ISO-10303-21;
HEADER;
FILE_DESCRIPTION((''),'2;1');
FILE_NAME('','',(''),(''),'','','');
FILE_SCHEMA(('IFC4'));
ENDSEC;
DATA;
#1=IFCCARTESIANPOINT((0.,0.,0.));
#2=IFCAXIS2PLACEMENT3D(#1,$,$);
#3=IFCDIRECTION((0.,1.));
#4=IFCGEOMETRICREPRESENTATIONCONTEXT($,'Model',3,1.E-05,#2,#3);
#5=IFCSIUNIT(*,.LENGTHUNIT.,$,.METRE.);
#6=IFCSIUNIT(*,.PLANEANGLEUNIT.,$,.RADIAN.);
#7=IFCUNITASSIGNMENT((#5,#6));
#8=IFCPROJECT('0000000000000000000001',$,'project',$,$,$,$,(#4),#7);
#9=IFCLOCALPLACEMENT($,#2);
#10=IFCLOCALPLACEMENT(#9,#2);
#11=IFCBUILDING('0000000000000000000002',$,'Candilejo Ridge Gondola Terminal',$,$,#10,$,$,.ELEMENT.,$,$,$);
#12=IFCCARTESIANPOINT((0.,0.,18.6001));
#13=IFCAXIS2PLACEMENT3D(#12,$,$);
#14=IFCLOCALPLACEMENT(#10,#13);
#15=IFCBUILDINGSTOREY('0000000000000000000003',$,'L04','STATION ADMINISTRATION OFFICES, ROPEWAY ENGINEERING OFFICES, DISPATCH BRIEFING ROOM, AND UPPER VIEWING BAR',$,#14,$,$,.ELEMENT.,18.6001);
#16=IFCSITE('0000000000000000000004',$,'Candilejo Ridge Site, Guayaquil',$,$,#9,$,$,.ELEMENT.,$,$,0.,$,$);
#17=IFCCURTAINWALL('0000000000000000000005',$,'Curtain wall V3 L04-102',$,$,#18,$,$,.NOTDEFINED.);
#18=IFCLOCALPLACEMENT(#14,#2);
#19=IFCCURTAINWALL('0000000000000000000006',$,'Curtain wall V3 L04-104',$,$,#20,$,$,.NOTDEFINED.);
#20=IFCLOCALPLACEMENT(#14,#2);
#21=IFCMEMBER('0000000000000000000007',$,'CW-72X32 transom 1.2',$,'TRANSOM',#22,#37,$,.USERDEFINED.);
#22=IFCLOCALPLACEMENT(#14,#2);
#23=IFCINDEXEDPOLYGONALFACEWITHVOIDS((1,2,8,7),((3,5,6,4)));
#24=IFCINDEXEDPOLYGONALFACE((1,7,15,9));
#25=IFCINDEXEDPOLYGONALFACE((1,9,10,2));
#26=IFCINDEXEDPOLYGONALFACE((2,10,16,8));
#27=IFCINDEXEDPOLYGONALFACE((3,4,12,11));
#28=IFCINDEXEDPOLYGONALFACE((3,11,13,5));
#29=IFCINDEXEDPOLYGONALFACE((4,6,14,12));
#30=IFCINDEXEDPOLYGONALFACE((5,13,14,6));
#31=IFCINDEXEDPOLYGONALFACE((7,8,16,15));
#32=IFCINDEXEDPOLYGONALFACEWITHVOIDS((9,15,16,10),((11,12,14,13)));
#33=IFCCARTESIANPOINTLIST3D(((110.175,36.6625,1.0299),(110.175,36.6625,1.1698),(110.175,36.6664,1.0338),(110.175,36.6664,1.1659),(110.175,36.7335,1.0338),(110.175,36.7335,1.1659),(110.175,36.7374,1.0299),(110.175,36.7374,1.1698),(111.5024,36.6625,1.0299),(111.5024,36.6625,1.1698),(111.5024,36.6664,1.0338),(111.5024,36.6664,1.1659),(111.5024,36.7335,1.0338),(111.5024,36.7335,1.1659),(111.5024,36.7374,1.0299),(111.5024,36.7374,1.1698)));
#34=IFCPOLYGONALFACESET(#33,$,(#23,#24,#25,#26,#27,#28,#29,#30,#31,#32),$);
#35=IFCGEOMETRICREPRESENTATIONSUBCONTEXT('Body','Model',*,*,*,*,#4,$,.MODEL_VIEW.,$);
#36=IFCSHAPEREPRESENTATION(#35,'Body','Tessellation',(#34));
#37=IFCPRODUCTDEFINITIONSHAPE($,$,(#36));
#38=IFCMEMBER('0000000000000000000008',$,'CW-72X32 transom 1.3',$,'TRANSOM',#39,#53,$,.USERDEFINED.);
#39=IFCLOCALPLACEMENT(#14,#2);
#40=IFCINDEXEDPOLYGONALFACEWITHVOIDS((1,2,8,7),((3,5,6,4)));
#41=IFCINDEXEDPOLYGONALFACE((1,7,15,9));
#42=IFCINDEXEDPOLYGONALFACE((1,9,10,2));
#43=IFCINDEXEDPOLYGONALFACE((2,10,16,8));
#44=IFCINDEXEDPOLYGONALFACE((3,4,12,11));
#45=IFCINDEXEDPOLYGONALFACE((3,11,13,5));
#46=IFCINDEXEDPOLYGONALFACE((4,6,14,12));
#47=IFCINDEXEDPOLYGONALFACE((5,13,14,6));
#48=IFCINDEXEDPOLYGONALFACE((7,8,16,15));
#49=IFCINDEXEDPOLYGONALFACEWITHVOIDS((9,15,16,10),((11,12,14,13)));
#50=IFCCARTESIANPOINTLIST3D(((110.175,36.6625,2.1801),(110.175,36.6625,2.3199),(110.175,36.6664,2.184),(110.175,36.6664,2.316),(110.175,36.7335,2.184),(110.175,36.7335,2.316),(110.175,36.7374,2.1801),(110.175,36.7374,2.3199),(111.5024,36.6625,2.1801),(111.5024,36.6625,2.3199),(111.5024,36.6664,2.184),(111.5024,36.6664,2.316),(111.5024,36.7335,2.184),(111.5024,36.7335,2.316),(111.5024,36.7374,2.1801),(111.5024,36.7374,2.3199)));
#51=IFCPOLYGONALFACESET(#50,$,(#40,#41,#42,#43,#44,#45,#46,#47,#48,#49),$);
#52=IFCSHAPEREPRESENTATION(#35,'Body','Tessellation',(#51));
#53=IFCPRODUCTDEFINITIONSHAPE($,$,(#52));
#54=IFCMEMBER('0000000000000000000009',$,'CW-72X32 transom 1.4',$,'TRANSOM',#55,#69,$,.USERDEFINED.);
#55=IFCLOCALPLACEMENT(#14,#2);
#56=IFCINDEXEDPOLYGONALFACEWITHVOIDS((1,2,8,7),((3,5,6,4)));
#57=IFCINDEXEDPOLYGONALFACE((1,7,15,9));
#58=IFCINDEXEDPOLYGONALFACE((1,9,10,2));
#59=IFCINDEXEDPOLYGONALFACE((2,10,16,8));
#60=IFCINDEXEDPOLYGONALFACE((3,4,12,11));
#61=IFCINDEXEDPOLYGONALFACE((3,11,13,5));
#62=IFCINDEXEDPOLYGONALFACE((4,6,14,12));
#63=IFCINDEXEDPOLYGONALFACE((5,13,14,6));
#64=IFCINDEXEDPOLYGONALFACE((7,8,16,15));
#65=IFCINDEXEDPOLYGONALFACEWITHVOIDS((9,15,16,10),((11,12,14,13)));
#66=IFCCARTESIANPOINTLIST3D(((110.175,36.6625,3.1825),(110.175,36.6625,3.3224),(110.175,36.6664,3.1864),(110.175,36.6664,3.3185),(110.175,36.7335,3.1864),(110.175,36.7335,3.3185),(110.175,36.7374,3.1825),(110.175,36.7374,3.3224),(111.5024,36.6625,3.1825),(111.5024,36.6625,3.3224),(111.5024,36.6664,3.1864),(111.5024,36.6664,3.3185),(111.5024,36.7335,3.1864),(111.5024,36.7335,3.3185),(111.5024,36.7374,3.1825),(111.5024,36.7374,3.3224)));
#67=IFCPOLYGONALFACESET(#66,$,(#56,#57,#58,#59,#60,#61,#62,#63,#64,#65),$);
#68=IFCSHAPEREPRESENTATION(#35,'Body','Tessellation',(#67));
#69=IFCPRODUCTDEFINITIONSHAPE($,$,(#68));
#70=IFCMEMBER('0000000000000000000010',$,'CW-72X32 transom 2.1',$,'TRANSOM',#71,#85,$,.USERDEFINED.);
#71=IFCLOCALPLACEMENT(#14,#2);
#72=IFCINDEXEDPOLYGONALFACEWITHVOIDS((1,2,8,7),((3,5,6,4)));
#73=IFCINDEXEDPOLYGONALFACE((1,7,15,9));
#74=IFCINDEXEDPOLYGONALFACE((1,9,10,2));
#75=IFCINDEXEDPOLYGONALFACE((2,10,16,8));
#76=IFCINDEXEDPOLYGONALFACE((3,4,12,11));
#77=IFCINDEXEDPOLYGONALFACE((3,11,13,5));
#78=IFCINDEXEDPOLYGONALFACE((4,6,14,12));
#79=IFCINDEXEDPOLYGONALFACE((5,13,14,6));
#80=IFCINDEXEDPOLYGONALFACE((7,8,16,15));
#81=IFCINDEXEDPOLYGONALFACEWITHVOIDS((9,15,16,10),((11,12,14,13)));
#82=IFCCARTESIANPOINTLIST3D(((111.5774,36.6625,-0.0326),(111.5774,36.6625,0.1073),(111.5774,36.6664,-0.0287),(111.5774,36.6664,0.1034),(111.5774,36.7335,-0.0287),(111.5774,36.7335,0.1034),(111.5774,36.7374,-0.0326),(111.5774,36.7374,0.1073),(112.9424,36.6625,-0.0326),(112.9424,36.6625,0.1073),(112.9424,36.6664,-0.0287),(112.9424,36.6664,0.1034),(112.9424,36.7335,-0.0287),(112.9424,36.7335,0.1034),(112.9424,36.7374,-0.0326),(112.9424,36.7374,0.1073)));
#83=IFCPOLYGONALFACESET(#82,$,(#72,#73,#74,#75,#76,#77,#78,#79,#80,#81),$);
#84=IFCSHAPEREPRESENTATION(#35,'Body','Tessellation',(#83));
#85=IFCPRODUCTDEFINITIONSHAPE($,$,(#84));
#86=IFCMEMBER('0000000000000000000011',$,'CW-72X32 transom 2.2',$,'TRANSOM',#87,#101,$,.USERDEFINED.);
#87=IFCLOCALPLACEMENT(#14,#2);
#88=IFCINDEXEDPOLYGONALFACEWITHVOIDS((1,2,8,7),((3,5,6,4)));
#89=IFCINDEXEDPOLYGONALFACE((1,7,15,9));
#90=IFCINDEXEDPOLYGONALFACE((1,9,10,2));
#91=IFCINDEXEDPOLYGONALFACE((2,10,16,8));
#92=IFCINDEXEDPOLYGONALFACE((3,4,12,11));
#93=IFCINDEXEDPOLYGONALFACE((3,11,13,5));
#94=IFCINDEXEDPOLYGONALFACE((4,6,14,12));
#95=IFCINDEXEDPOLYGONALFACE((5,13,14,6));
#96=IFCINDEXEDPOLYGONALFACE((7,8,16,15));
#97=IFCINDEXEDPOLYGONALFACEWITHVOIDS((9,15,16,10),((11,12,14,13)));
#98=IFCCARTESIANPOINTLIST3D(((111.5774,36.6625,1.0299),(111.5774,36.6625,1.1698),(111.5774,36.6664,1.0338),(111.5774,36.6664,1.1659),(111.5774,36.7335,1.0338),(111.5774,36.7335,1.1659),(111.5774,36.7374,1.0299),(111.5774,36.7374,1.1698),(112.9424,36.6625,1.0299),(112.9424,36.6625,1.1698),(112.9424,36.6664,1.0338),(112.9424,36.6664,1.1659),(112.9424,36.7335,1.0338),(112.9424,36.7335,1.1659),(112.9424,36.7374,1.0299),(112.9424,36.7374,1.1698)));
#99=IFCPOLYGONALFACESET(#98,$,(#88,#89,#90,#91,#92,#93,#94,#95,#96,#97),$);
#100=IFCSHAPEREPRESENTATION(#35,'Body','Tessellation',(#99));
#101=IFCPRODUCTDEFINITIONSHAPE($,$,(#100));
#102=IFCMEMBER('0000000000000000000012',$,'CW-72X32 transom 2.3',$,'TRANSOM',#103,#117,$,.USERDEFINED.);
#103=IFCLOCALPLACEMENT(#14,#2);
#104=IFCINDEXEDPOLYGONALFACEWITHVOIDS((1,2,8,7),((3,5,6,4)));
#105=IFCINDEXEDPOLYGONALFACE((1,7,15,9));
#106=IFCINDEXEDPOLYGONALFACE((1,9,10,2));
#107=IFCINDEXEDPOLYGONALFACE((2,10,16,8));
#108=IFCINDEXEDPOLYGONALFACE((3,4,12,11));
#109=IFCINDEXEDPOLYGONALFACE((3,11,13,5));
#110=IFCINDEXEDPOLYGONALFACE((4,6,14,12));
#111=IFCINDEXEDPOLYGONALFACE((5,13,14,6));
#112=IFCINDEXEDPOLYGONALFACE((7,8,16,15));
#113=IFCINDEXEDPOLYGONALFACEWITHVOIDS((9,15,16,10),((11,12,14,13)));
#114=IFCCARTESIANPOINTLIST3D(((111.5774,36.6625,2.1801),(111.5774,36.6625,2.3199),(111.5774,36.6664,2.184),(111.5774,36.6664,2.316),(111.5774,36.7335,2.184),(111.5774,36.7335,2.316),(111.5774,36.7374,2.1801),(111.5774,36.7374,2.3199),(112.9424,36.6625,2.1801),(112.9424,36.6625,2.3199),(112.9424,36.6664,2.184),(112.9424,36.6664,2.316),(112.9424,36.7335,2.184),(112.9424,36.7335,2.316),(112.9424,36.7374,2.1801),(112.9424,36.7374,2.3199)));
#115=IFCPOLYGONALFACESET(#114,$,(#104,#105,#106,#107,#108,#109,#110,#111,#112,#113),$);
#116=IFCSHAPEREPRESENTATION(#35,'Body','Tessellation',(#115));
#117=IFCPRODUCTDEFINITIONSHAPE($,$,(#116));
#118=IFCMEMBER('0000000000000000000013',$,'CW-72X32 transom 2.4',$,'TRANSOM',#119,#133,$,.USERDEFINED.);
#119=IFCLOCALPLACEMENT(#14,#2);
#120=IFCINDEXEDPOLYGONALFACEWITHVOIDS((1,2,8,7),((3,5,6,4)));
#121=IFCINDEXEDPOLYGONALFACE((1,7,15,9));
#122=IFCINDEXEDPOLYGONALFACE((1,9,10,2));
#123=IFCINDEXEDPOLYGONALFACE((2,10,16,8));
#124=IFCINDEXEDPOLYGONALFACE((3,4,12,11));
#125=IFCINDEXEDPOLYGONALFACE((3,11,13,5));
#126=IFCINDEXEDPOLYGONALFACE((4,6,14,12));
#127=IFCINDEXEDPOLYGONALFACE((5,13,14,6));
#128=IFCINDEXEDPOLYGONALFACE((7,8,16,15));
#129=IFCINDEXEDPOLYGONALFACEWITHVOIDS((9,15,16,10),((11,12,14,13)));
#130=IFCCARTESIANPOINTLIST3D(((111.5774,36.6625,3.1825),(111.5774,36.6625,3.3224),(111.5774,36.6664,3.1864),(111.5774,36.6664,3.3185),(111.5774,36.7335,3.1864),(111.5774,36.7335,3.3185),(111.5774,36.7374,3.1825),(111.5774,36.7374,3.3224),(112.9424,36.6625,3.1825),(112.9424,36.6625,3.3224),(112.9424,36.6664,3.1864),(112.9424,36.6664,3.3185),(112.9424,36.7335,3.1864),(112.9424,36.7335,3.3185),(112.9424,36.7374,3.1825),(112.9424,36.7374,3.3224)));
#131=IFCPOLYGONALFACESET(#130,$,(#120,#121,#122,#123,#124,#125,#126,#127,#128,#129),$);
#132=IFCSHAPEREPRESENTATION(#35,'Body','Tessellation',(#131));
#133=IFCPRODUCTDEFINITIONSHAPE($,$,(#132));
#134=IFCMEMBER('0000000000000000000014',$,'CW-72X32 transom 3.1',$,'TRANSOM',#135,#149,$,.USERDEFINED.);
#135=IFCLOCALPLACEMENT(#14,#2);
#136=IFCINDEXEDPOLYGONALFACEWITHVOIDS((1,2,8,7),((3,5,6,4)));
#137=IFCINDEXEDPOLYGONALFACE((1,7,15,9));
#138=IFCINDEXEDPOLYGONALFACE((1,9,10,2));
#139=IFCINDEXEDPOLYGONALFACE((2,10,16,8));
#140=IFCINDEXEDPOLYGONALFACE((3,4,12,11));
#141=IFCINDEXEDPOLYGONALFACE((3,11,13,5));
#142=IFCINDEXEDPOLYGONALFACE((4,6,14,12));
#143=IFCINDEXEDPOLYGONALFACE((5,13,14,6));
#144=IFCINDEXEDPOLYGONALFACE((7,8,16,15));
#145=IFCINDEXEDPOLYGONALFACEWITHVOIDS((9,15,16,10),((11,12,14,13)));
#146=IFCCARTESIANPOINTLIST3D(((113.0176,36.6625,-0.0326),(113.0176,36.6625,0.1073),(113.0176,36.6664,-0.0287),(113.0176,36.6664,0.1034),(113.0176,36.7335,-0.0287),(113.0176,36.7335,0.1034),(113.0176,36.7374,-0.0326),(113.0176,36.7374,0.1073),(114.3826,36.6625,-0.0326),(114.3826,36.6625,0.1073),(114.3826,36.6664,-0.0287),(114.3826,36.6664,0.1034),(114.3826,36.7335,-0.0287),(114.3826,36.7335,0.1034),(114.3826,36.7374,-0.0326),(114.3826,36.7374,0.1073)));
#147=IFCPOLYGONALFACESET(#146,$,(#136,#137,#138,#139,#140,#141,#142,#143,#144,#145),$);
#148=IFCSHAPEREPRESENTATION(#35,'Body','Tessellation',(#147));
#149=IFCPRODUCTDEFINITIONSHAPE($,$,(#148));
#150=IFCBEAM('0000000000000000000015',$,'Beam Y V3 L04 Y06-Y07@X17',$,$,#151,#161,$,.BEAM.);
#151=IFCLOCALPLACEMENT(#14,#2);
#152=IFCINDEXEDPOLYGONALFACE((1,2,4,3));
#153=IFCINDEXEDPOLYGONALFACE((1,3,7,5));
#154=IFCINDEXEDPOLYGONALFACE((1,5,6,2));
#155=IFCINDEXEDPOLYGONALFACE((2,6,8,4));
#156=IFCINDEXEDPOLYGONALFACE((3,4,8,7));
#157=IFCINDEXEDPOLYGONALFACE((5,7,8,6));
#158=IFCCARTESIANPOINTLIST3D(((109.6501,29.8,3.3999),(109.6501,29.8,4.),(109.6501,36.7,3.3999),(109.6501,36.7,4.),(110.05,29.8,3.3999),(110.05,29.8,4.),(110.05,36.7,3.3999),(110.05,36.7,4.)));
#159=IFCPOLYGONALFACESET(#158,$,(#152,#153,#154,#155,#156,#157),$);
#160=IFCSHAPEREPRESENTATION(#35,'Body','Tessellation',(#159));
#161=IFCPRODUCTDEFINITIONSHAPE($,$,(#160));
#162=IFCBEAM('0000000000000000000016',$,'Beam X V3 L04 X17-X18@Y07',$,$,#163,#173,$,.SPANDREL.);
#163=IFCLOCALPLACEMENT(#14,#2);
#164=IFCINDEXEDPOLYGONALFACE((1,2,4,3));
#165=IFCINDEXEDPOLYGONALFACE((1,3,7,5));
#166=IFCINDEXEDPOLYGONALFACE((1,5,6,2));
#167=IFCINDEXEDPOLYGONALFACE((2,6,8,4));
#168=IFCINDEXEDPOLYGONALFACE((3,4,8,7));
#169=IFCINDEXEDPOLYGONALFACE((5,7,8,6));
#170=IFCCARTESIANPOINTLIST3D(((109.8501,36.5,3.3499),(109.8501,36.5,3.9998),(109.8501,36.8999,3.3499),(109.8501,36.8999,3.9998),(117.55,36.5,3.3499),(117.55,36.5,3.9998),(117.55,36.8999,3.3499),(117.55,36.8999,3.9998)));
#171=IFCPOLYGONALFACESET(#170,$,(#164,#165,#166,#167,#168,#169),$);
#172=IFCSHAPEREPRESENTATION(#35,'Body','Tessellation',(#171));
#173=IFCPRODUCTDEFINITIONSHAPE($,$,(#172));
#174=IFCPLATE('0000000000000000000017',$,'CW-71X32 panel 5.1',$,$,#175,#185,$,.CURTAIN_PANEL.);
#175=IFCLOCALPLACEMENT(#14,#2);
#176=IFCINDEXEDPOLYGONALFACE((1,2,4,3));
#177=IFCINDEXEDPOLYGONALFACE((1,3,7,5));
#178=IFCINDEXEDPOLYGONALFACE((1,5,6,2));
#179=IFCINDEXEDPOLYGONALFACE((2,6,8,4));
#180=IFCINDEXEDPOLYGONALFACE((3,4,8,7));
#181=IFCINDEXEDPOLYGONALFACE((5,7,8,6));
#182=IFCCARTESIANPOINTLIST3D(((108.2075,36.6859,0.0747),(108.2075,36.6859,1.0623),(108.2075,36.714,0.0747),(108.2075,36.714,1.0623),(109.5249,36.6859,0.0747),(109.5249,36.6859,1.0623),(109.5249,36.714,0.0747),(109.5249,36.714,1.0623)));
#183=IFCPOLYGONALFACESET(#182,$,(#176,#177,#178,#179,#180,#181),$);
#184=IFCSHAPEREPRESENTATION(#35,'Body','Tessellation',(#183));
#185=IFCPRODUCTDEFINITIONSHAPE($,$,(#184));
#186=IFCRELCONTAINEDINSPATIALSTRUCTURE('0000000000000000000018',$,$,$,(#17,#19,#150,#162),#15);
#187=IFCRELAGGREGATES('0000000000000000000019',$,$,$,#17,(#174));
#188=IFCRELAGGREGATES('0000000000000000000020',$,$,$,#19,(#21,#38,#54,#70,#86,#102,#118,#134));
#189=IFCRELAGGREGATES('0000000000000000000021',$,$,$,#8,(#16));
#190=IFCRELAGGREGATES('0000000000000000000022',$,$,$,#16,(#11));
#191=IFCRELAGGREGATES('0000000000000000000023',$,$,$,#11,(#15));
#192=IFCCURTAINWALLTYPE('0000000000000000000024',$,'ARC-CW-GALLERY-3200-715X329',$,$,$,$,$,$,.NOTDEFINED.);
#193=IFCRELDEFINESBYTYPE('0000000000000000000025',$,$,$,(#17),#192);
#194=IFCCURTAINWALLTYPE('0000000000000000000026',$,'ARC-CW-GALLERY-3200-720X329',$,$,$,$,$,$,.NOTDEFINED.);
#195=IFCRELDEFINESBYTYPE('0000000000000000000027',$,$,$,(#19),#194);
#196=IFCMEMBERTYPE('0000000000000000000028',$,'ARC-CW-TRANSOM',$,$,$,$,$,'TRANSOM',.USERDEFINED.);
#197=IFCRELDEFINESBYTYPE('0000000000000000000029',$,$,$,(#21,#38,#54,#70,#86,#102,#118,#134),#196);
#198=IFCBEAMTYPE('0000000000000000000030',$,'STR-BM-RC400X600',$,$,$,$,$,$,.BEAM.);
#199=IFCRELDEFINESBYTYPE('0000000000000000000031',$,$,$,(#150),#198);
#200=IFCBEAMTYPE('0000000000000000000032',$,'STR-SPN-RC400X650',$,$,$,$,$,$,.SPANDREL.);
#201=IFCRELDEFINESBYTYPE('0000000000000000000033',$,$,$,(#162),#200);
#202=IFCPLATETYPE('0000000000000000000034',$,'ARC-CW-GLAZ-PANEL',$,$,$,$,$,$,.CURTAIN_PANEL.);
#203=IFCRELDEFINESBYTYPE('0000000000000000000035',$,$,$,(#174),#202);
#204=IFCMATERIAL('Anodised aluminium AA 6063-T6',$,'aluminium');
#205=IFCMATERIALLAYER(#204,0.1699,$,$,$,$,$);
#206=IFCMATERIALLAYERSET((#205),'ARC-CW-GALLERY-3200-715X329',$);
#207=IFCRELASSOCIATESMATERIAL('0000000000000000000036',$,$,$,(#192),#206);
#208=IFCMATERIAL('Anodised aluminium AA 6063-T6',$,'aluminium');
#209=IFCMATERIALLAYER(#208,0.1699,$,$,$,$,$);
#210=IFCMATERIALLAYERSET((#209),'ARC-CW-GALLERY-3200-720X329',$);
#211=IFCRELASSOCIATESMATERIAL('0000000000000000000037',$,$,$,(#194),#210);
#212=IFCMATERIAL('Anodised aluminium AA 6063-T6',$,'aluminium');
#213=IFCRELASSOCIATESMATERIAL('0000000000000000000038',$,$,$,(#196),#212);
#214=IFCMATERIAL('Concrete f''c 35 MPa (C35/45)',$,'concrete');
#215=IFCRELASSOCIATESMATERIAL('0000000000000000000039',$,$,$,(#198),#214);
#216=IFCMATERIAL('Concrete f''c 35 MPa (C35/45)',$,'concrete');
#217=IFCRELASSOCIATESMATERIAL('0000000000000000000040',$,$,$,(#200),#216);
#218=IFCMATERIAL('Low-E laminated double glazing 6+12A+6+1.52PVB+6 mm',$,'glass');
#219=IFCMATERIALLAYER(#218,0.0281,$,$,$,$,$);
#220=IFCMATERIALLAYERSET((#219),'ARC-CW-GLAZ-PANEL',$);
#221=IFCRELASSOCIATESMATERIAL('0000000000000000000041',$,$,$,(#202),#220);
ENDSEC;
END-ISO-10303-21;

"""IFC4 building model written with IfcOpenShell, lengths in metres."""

from ifc_helpers import new_model, si_unit, direction, frame, origin, origin_2d, place, context, subcontext, project, spatial, rectangle, hollow_rectangle, extrude, material, layer, layer_set, material_profile, profile_set, type_object, element, aggregate, save


model = new_model("IFC4")

# Units and contexts
model_context = context("Model", 3, precision=1e-05, world=origin(), true_north=direction((0.0, 1.0)))
body_context = subcontext(model_context, "Body", "Model", "MODEL_VIEW")
ifc_project = project(units=[si_unit("LENGTHUNIT", "METRE"), si_unit("PLANEANGLEUNIT", "RADIAN")], contexts=[model_context])

# Site, building, storey
site_placement = place(None, origin())
site = spatial("IfcSite", under=ifc_project, at=site_placement, Name="Candilejo Ridge Site, Guayaquil", CompositionType="ELEMENT", RefElevation=0.0)
building_placement = place(site_placement, origin())
building = spatial("IfcBuilding", under=site, at=building_placement, Name="Candilejo Ridge Gondola Terminal", CompositionType="ELEMENT")
storey_placement = place(building_placement, frame((0.0, 0.0, 18.6001)))
storey = spatial("IfcBuildingStorey", under=building, at=storey_placement, Name="L04", Description="STATION ADMINISTRATION OFFICES, ROPEWAY ENGINEERING OFFICES, DISPATCH BRIEFING ROOM, AND UPPER VIEWING BAR", CompositionType="ELEMENT", Elevation=18.6001)

# Curtain walls
ifc_material_1 = material(Name="Anodised aluminium AA 6063-T6", Category="aluminium")
ifc_layer_1 = layer(ifc_material_1, 0.1699)
ifc_layer_set_1 = layer_set([ifc_layer_1], Name="ARC-CW-GALLERY-3200-715X329")
curtain_wall_type_1 = type_object("IfcCurtainWallType", Name="ARC-CW-GALLERY-3200-715X329", PredefinedType="NOTDEFINED", material=ifc_layer_set_1)
curtain_wall_1_placement = place(storey_placement, origin())
curtain_wall_1 = element("IfcCurtainWall", 1, at=curtain_wall_1_placement, inside=storey, type_object=curtain_wall_type_1, Name="Curtain wall V3 L04-102", PredefinedType="NOTDEFINED")
ifc_material_2 = material(Name="Anodised aluminium AA 6063-T6", Category="aluminium")
ifc_layer_2 = layer(ifc_material_2, 0.1699)
ifc_layer_set_2 = layer_set([ifc_layer_2], Name="ARC-CW-GALLERY-3200-720X329")
curtain_wall_type_2 = type_object("IfcCurtainWallType", Name="ARC-CW-GALLERY-3200-720X329", PredefinedType="NOTDEFINED", material=ifc_layer_set_2)
curtain_wall_2_placement = place(storey_placement, origin())
curtain_wall_2 = element("IfcCurtainWall", 2, at=curtain_wall_2_placement, inside=storey, type_object=curtain_wall_type_2, Name="Curtain wall V3 L04-104", PredefinedType="NOTDEFINED")

# Members
ifc_material_3 = material(Name="Anodised aluminium AA 6063-T6", Category="aluminium")
ifc_material_profile_1 = material_profile(ifc_material_3, hollow_rectangle(XDim=0.075, YDim=0.1399, WallThickness=0.0039, at=origin_2d()))
ifc_profile_set_1 = profile_set([ifc_material_profile_1], Name="Anodised aluminium AA 6063-T6")
member_type_1 = type_object("IfcMemberType", Name="ARC-CW-TRANSOM", ElementType="TRANSOM", PredefinedType="USERDEFINED", material=ifc_profile_set_1)
member_1_placement = place(storey_placement, frame((110.175, 36.7, 1.0999), z_axis=(1.0, 0.0, 0.0), x_axis=(0.0, 1.0, 0.0)))
member_1 = element("IfcMember", 3, at=member_1_placement, type_object=member_type_1, Name="CW-72X32 transom 1.2", ObjectType="TRANSOM", PredefinedType="USERDEFINED", context=body_context, shape_type="SweptSolid", body=[
    extrude(hollow_rectangle(XDim=0.075, YDim=0.1399, WallThickness=0.0039, at=origin_2d()), origin(), (0.0, 0.0, 1.0), 1.3274),
])
member_2_placement = place(storey_placement, frame((110.175, 36.7, 2.25), z_axis=(1.0, 0.0, 0.0), x_axis=(0.0, 1.0, 0.0)))
member_2 = element("IfcMember", 4, at=member_2_placement, type_object=member_type_1, Name="CW-72X32 transom 1.3", ObjectType="TRANSOM", PredefinedType="USERDEFINED", context=body_context, shape_type="SweptSolid", body=[
    extrude(hollow_rectangle(XDim=0.075, YDim=0.1399, WallThickness=0.0039, at=origin_2d()), origin(), (0.0, 0.0, 1.0), 1.3274),
])
member_3_placement = place(storey_placement, frame((110.175, 36.7, 3.2524), z_axis=(1.0, 0.0, 0.0), x_axis=(0.0, 1.0, 0.0)))
member_3 = element("IfcMember", 5, at=member_3_placement, type_object=member_type_1, Name="CW-72X32 transom 1.4", ObjectType="TRANSOM", PredefinedType="USERDEFINED", context=body_context, shape_type="SweptSolid", body=[
    extrude(hollow_rectangle(XDim=0.075, YDim=0.1399, WallThickness=0.0039, at=origin_2d()), origin(), (0.0, 0.0, 1.0), 1.3274),
])
member_4_placement = place(storey_placement, frame((111.5774, 36.7, 0.0374), z_axis=(1.0, 0.0, 0.0), x_axis=(0.0, 1.0, 0.0)))
member_4 = element("IfcMember", 6, at=member_4_placement, type_object=member_type_1, Name="CW-72X32 transom 2.1", ObjectType="TRANSOM", PredefinedType="USERDEFINED", context=body_context, shape_type="SweptSolid", body=[
    extrude(hollow_rectangle(XDim=0.075, YDim=0.1399, WallThickness=0.0039, at=origin_2d()), origin(), (0.0, 0.0, 1.0), 1.365),
])
member_5_placement = place(storey_placement, frame((111.5774, 36.7, 1.0999), z_axis=(1.0, 0.0, 0.0), x_axis=(0.0, 1.0, 0.0)))
member_5 = element("IfcMember", 7, at=member_5_placement, type_object=member_type_1, Name="CW-72X32 transom 2.2", ObjectType="TRANSOM", PredefinedType="USERDEFINED", context=body_context, shape_type="SweptSolid", body=[
    extrude(hollow_rectangle(XDim=0.075, YDim=0.1399, WallThickness=0.0039, at=origin_2d()), origin(), (0.0, 0.0, 1.0), 1.365),
])
member_6_placement = place(storey_placement, frame((111.5774, 36.7, 2.25), z_axis=(1.0, 0.0, 0.0), x_axis=(0.0, 1.0, 0.0)))
member_6 = element("IfcMember", 8, at=member_6_placement, type_object=member_type_1, Name="CW-72X32 transom 2.3", ObjectType="TRANSOM", PredefinedType="USERDEFINED", context=body_context, shape_type="SweptSolid", body=[
    extrude(hollow_rectangle(XDim=0.075, YDim=0.1399, WallThickness=0.0039, at=origin_2d()), origin(), (0.0, 0.0, 1.0), 1.365),
])
member_7_placement = place(storey_placement, frame((111.5774, 36.7, 3.2524), z_axis=(1.0, 0.0, 0.0), x_axis=(0.0, 1.0, 0.0)))
member_7 = element("IfcMember", 9, at=member_7_placement, type_object=member_type_1, Name="CW-72X32 transom 2.4", ObjectType="TRANSOM", PredefinedType="USERDEFINED", context=body_context, shape_type="SweptSolid", body=[
    extrude(hollow_rectangle(XDim=0.075, YDim=0.1399, WallThickness=0.0039, at=origin_2d()), origin(), (0.0, 0.0, 1.0), 1.365),
])
member_8_placement = place(storey_placement, frame((113.0176, 36.7, 0.0374), z_axis=(1.0, 0.0, 0.0), x_axis=(0.0, 1.0, 0.0)))
member_8 = element("IfcMember", 10, at=member_8_placement, type_object=member_type_1, Name="CW-72X32 transom 3.1", ObjectType="TRANSOM", PredefinedType="USERDEFINED", context=body_context, shape_type="SweptSolid", body=[
    extrude(hollow_rectangle(XDim=0.075, YDim=0.1399, WallThickness=0.0039, at=origin_2d()), origin(), (0.0, 0.0, 1.0), 1.365),
])

# Beams
ifc_material_4 = material(Name="Concrete f'c 35 MPa (C35/45)", Category="concrete")
ifc_material_profile_2 = material_profile(ifc_material_4, rectangle(XDim=0.3999, YDim=0.6001, at=origin_2d()))
ifc_profile_set_2 = profile_set([ifc_material_profile_2], Name="Concrete f'c 35 MPa (C35/45)")
beam_type_1 = type_object("IfcBeamType", Name="STR-BM-RC400X600", PredefinedType="BEAM", material=ifc_profile_set_2)
beam_1_placement = place(storey_placement, frame((109.8501, 29.8, 3.7), z_axis=(0.0, 1.0, 0.0), x_axis=(-1.0, 0.0, 0.0)))
element("IfcBeam", 11, at=beam_1_placement, inside=storey, type_object=beam_type_1, Name="Beam Y V3 L04 Y06-Y07@X17", PredefinedType="BEAM", context=body_context, shape_type="SweptSolid", body=[
    extrude(rectangle(XDim=0.3999, YDim=0.6001, at=origin_2d()), origin(), (0.0, 0.0, 1.0), 6.8999),
])
ifc_material_5 = material(Name="Concrete f'c 35 MPa (C35/45)", Category="concrete")
ifc_material_profile_3 = material_profile(ifc_material_5, rectangle(XDim=0.3999, YDim=0.6499, at=origin_2d()))
ifc_profile_set_3 = profile_set([ifc_material_profile_3], Name="Concrete f'c 35 MPa (C35/45)")
beam_type_2 = type_object("IfcBeamType", Name="STR-SPN-RC400X650", PredefinedType="SPANDREL", material=ifc_profile_set_3)
beam_2_placement = place(storey_placement, frame((109.8501, 36.7, 3.6748), z_axis=(1.0, 0.0, 0.0), x_axis=(0.0, 1.0, 0.0)))
element("IfcBeam", 12, at=beam_2_placement, inside=storey, type_object=beam_type_2, Name="Beam X V3 L04 X17-X18@Y07", PredefinedType="SPANDREL", context=body_context, shape_type="SweptSolid", body=[
    extrude(rectangle(XDim=0.3999, YDim=0.6499, at=origin_2d()), origin(), (0.0, 0.0, 1.0), 7.7),
])

# Plate
ifc_material_6 = material(Name="Low-E laminated double glazing 6+12A+6+1.52PVB+6 mm", Category="glass")
ifc_layer_3 = layer(ifc_material_6, 0.0281)
ifc_layer_set_3 = layer_set([ifc_layer_3], Name="ARC-CW-GLAZ-PANEL")
plate_type = type_object("IfcPlateType", Name="ARC-CW-GLAZ-PANEL", PredefinedType="CURTAIN_PANEL", material=ifc_layer_set_3)
plate_1_placement = place(storey_placement, frame((108.8662, 36.7, 0.0747), z_axis=(0.0, 0.0, 1.0), x_axis=(1.0, 0.0, 0.0)))
plate_1 = element("IfcPlate", 13, at=plate_1_placement, type_object=plate_type, Name="CW-71X32 panel 5.1", PredefinedType="CURTAIN_PANEL", context=body_context, shape_type="SweptSolid", body=[
    extrude(rectangle(XDim=1.3174, YDim=0.0281, at=origin_2d()), origin(), (0.0, 0.0, 1.0), 0.9875),
])
aggregate(curtain_wall_1, [plate_1])
aggregate(curtain_wall_2, [member_1, member_2, member_3, member_4, member_5, member_6, member_7, member_8])

save(model, "model.ifc")
